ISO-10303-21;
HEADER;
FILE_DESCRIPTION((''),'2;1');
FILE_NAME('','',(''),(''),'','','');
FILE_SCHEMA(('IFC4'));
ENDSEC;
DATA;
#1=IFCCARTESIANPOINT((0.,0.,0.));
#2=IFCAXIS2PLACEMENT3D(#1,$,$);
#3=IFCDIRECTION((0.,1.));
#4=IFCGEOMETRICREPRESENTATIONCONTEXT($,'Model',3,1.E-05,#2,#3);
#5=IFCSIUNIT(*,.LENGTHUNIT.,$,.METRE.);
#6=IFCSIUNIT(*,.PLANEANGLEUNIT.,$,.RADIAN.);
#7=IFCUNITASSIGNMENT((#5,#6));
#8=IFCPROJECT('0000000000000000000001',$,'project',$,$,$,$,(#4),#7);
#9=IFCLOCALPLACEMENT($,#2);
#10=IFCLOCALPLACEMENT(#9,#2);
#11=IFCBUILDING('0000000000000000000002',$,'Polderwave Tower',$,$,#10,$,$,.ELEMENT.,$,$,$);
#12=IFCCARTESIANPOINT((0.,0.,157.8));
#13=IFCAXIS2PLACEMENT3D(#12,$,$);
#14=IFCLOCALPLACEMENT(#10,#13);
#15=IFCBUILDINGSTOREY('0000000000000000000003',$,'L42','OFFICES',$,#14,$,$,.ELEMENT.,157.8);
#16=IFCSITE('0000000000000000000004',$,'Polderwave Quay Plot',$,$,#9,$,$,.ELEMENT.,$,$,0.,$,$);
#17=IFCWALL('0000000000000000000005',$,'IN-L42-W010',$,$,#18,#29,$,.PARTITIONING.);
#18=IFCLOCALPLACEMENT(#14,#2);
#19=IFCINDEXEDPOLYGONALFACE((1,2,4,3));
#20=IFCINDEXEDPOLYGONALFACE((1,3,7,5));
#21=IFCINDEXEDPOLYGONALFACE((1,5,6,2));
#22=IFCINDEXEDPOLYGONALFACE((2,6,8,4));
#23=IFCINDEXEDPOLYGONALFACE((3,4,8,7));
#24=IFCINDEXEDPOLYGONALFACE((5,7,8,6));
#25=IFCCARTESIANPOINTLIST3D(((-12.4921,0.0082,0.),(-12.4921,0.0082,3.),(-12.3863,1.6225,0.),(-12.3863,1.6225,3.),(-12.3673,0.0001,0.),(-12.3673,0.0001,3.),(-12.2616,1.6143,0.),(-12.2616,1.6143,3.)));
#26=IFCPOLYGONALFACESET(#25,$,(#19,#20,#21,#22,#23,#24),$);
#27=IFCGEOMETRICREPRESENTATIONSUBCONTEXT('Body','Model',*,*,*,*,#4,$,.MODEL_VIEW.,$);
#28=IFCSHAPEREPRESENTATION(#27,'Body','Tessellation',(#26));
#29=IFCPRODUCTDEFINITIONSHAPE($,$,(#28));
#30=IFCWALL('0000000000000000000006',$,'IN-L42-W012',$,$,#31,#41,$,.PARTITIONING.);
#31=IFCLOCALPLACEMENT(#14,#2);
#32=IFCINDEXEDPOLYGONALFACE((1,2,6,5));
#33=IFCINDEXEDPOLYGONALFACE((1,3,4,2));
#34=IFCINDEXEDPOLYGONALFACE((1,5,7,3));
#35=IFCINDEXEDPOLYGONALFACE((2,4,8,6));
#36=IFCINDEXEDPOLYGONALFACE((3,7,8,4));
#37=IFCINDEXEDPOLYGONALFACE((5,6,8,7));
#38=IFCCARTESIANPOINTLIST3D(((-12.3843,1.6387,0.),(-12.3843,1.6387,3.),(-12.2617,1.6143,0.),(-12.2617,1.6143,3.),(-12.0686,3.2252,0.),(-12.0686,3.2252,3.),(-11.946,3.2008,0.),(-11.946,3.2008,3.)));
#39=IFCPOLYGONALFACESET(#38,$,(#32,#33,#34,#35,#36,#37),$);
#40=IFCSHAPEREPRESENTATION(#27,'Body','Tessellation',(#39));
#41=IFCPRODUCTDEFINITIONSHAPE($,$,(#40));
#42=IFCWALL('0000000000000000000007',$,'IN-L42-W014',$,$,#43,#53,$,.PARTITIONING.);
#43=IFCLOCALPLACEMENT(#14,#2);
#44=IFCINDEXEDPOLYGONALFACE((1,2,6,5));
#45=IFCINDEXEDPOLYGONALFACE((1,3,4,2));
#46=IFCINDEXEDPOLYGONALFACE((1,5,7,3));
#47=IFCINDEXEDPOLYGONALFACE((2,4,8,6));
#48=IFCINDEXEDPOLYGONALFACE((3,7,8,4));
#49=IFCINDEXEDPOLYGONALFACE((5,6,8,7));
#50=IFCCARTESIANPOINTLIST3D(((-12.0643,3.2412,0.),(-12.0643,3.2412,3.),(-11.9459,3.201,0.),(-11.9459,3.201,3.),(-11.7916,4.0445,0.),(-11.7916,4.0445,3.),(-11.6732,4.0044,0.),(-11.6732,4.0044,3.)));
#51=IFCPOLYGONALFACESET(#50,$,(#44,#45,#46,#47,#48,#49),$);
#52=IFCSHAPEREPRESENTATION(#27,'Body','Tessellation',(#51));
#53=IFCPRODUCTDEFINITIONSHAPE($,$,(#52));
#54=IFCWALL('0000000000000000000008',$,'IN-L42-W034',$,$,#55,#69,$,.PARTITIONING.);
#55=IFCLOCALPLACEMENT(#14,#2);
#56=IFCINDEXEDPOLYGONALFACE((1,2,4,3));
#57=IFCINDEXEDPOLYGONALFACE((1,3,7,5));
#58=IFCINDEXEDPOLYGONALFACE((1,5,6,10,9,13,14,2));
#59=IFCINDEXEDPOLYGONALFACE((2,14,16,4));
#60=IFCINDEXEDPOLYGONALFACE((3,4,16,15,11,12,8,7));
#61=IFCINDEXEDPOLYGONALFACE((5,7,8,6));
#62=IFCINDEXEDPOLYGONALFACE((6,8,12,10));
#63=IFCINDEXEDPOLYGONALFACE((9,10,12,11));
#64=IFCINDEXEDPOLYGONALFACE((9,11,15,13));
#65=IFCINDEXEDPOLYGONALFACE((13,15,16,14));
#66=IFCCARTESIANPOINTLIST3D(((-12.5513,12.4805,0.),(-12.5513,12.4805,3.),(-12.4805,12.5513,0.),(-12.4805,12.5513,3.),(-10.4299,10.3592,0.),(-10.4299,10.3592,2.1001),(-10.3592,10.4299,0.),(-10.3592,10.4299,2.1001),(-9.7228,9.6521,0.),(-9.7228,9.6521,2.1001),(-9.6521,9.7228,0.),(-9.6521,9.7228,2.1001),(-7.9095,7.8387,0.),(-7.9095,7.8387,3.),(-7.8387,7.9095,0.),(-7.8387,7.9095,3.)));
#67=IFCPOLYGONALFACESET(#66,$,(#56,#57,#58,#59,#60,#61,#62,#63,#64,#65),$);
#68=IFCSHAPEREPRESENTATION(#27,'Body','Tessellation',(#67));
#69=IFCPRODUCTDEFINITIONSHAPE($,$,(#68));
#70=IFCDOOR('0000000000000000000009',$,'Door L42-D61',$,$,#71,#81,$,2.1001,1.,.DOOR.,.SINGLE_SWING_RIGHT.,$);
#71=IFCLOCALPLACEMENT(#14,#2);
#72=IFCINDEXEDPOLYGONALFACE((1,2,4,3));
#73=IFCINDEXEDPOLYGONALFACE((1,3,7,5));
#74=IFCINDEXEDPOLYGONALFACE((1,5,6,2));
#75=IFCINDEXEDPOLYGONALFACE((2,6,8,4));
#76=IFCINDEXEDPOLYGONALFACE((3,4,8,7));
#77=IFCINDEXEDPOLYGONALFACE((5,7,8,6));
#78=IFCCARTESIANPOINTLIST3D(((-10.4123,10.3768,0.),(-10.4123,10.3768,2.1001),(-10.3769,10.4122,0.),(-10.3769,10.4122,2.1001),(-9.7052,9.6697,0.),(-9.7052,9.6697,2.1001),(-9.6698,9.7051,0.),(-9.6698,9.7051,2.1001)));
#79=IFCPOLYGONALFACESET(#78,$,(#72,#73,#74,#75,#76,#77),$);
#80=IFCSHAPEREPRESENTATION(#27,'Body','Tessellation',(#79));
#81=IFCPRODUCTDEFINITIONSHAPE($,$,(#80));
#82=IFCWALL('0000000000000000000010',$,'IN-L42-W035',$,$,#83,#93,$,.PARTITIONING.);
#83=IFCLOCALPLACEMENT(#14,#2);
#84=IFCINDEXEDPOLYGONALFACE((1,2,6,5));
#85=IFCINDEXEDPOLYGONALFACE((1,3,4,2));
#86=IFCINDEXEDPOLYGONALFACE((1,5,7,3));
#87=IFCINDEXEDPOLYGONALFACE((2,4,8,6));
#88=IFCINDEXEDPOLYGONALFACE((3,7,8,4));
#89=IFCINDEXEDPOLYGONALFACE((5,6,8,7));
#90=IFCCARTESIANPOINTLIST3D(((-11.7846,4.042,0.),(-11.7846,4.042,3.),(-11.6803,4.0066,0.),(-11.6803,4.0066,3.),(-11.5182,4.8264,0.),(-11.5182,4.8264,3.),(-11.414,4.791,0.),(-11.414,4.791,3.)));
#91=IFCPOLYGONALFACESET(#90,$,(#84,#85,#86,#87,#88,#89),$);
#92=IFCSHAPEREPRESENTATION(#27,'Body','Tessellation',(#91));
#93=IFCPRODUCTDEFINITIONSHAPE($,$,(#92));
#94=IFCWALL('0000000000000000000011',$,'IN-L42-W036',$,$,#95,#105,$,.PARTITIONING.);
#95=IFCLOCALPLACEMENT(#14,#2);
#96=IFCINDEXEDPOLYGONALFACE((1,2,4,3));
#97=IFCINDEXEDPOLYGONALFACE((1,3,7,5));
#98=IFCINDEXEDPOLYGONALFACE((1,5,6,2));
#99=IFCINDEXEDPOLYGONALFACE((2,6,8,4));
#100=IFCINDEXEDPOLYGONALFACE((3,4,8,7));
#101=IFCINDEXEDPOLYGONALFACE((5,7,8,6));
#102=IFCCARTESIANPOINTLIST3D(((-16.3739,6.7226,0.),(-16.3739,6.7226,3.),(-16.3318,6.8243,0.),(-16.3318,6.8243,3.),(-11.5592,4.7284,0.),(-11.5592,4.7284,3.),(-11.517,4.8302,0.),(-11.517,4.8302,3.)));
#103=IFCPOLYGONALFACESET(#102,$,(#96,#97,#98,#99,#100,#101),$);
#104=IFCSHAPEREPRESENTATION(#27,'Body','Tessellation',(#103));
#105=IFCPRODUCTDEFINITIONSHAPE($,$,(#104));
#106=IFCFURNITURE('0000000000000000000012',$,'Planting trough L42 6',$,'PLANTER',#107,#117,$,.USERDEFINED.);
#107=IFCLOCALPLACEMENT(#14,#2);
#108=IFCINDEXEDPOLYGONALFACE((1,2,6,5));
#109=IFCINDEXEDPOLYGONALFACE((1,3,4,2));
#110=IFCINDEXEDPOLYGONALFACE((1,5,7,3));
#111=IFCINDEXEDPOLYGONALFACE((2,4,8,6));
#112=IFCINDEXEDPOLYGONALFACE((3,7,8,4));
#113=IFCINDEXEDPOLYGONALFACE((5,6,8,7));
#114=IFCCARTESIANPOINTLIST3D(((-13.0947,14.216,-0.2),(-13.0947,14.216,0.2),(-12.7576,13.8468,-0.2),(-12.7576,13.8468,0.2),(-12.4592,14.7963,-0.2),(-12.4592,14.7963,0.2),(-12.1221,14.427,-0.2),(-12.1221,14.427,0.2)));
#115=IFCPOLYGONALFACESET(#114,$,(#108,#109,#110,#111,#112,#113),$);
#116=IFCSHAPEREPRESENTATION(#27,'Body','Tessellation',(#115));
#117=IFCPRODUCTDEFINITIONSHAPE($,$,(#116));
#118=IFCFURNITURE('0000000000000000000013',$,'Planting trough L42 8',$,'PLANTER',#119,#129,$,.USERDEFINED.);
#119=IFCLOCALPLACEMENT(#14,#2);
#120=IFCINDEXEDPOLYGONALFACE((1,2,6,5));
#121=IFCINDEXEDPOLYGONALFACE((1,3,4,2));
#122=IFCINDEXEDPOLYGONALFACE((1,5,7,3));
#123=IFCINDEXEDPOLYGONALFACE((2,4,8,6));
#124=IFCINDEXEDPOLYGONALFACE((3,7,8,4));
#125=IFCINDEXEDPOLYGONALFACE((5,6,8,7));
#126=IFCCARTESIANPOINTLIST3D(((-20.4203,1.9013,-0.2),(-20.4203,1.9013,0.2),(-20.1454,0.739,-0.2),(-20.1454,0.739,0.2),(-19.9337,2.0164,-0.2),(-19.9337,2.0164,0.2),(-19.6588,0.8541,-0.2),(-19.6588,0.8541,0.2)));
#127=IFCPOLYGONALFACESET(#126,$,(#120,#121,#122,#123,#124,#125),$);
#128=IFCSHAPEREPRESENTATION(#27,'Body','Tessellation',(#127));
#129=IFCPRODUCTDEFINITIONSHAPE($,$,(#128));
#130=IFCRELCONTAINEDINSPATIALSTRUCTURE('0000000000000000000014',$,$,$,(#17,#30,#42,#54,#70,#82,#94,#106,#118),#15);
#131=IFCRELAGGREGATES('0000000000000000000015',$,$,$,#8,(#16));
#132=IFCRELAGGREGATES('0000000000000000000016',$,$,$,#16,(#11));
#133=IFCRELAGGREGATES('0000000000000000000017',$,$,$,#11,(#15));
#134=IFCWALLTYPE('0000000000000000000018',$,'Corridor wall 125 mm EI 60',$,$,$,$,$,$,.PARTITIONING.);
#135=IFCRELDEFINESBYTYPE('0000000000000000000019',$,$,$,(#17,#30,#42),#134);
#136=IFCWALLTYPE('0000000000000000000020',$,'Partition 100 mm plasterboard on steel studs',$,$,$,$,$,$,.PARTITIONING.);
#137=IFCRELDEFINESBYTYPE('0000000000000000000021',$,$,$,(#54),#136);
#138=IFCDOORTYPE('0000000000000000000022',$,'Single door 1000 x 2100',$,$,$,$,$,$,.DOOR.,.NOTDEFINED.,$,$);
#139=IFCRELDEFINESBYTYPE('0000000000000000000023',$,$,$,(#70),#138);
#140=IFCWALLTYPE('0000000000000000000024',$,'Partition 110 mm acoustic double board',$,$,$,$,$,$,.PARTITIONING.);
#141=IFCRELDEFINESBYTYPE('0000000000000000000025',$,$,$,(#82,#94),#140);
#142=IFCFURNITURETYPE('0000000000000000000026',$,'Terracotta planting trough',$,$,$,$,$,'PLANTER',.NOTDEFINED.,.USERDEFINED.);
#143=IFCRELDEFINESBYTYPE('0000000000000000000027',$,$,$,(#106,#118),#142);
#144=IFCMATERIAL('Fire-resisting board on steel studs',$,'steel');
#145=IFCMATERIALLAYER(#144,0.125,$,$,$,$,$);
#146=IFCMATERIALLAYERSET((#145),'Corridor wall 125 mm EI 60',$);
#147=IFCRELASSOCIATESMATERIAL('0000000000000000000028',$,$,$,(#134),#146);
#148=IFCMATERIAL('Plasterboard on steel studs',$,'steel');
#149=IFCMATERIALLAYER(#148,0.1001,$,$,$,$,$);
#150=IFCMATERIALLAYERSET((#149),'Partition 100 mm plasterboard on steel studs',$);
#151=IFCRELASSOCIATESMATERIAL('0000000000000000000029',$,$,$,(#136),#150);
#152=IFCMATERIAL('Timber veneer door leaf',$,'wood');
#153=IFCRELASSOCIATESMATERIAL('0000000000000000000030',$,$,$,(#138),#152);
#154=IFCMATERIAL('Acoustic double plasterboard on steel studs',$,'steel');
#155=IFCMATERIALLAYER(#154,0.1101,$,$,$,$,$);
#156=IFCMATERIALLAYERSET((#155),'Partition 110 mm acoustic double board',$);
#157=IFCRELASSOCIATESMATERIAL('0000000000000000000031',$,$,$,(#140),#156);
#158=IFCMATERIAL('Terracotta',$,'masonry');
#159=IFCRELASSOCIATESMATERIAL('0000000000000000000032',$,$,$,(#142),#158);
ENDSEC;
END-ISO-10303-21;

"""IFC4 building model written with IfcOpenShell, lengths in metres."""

from ifc_helpers import new_model, si_unit, direction, frame, frame_2d, origin, origin_2d, place, context, subcontext, project, spatial, rectangle, extrude, material, layer, layer_set, type_object, element, fill, save


model = new_model("IFC4")

# Units and contexts
model_context = context("Model", 3, precision=1e-05, world=origin(), true_north=direction((0.0, 1.0)))
body_context = subcontext(model_context, "Body", "Model", "MODEL_VIEW")
ifc_project = project(units=[si_unit("LENGTHUNIT", "METRE"), si_unit("PLANEANGLEUNIT", "RADIAN")], contexts=[model_context])

# Site, building, storey
site_placement = place(None, origin())
site = spatial("IfcSite", under=ifc_project, at=site_placement, Name="Polderwave Quay Plot", CompositionType="ELEMENT", RefElevation=0.0)
building_placement = place(site_placement, origin())
building = spatial("IfcBuilding", under=site, at=building_placement, Name="Polderwave Tower", CompositionType="ELEMENT")
storey_placement = place(building_placement, frame((0.0, 0.0, 157.8)))
storey = spatial("IfcBuildingStorey", under=building, at=storey_placement, Name="L42", Description="OFFICES", CompositionType="ELEMENT", Elevation=157.8)

# Shared definitions
ifc_material_1 = material(Name="Fire-resisting board on steel studs", Category="steel")
ifc_layer_1 = layer(ifc_material_1, 0.125)
ifc_layer_set_1 = layer_set([ifc_layer_1], Name="Corridor wall 125 mm EI 60")
wall_type_1 = type_object("IfcWallType", Name="Corridor wall 125 mm EI 60", PredefinedType="PARTITIONING", material=ifc_layer_set_1)

# Walls
for number, where, z_axis, x_axis, name in (
    (1, (-12.4297, 0.0042, 0.0), (0.0, 0.0, 1.0), (0.065347, 0.997863, 0.0), "IN-L42-W010"),
    (2, (-12.323, 1.6265, 0.0), (0.0, 0.0, 1.0), (0.195129, 0.980778, 0.0), "IN-L42-W012"),
):
    element("IfcWall", number, at=place(storey_placement, frame(where, z_axis=z_axis, x_axis=x_axis)), inside=storey, type_object=wall_type_1, Name=name, PredefinedType="PARTITIONING", context=body_context, shape_type="SweptSolid", body=[
        extrude(rectangle(XDim=1.6177, YDim=0.125, at=frame_2d((0.8088, 0.0))), origin(), (0.0, 0.0, 1.0), 3.0),
    ])
wall_1_placement = place(storey_placement, frame((-12.0051, 3.2209, 0.0), z_axis=(0.0, 0.0, 1.0), x_axis=(0.321402, 0.946943, 0.0)))
element("IfcWall", 3, at=wall_1_placement, inside=storey, type_object=wall_type_1, Name="IN-L42-W014", PredefinedType="PARTITIONING", context=body_context, shape_type="SweptSolid", body=[
    extrude(rectangle(XDim=0.8484, YDim=0.125, at=frame_2d((0.4243, 0.0))), origin(), (0.0, 0.0, 1.0), 3.0),
])

# Wall, opening, door
ifc_material_2 = material(Name="Plasterboard on steel studs", Category="steel")
ifc_layer_2 = layer(ifc_material_2, 0.1001)
ifc_layer_set_2 = layer_set([ifc_layer_2], Name="Partition 100 mm plasterboard on steel studs")
wall_type_2 = type_object("IfcWallType", Name="Partition 100 mm plasterboard on steel studs", PredefinedType="PARTITIONING", material=ifc_layer_set_2)
wall_2_placement = place(storey_placement, frame((-12.5159, 12.5159, 0.0), z_axis=(0.0, 0.0, 1.0), x_axis=(0.707107, -0.707107, 0.0)))
wall_2 = element("IfcWall", 4, at=wall_2_placement, inside=storey, type_object=wall_type_2, Name="IN-L42-W034", PredefinedType="PARTITIONING", context=body_context, shape_type="SweptSolid", body=[
    extrude(rectangle(XDim=6.5645, YDim=0.1001, at=frame_2d((3.2822, 0.0))), origin(), (0.0, 0.0, 1.0), 3.0),
])
opening_1_placement = place(wall_2_placement, frame((3.0, 0.0, 0.0)))
opening_1 = element("IfcOpeningElement", 5, at=opening_1_placement, cuts=wall_2, PredefinedType="OPENING", context=body_context, shape_type="SweptSolid", body=[
    extrude(rectangle(XDim=1.0, YDim=2.1001, at=frame_2d((0.5, 1.05))), frame((0.0, 0.0601, 0.0), z_axis=(0.0, -1.0, 0.0), x_axis=(1.0, 0.0, 0.0)), (0.0, 0.0, 1.0), 0.1201),
])
ifc_material_3 = material(Name="Timber veneer door leaf", Category="wood")
door_type_1 = type_object("IfcDoorType", Name="Single door 1000 x 2100", OperationType="NOTDEFINED", PredefinedType="DOOR", material=ifc_material_3)
door_1_placement = place(opening_1_placement, origin())
door_1 = element("IfcDoor", 6, at=door_1_placement, inside=storey, type_object=door_type_1, Name="Door L42-D61", OperationType="SINGLE_SWING_RIGHT", OverallHeight=2.1001, OverallWidth=1.0, PredefinedType="DOOR", context=body_context, shape_type="SweptSolid", body=[
    extrude(rectangle(XDim=1.0, YDim=2.1001, at=frame_2d((0.5, 1.05))), frame((0.0, 0.0249, 0.0), z_axis=(0.0, -1.0, 0.0), x_axis=(1.0, 0.0, 0.0)), (0.0, 0.0, 1.0), 0.05),
])
fill(opening_1, door_1)

# Walls
ifc_material_4 = material(Name="Acoustic double plasterboard on steel studs", Category="steel")
ifc_layer_3 = layer(ifc_material_4, 0.1101)
ifc_layer_set_3 = layer_set([ifc_layer_3], Name="Partition 110 mm acoustic double board")
wall_type_3 = type_object("IfcWallType", Name="Partition 110 mm acoustic double board", PredefinedType="PARTITIONING", material=ifc_layer_set_3)
wall_3_placement = place(storey_placement, frame((-11.7324, 4.0244, 0.0), z_axis=(0.0, 0.0, 1.0), x_axis=(0.321528, 0.9469, 0.0)))
element("IfcWall", 7, at=wall_3_placement, inside=storey, type_object=wall_type_3, Name="IN-L42-W035", PredefinedType="PARTITIONING", context=body_context, shape_type="SweptSolid", body=[
    extrude(rectangle(XDim=0.8284, YDim=0.1101, at=frame_2d((0.4141, 0.0))), origin(), (0.0, 0.0, 1.0), 3.0),
])
wall_4_placement = place(storey_placement, frame((-11.5381, 4.7793, 0.0), z_axis=(0.0, 0.0, 1.0), x_axis=(-0.923891, 0.382655, 0.0)))
element("IfcWall", 8, at=wall_4_placement, inside=storey, type_object=wall_type_3, Name="IN-L42-W036", PredefinedType="PARTITIONING", context=body_context, shape_type="SweptSolid", body=[
    extrude(rectangle(XDim=5.2114, YDim=0.1101, at=frame_2d((2.6057, 0.0))), origin(), (0.0, 0.0, 1.0), 3.0),
])

# Furniture
ifc_material_5 = material(Name="Terracotta", Category="masonry")
furniture_type = type_object("IfcFurnitureType", Name="Terracotta planting trough", ElementType="PLANTER", AssemblyPlace="NOTDEFINED", PredefinedType="USERDEFINED", material=ifc_material_5)
furniture_1_placement = place(storey_placement, frame((-12.6084, 14.3215, -0.2), z_axis=(0.0, 0.0, 1.0), x_axis=(-0.738499, -0.674255, 0.0)))
element("IfcFurniture", 9, at=furniture_1_placement, inside=storey, type_object=furniture_type, Name="Planting trough L42 6", ObjectType="PLANTER", PredefinedType="USERDEFINED", context=body_context, shape_type="SweptSolid", body=[
    extrude(rectangle(XDim=0.8606, YDim=0.5, at=origin_2d()), origin(), (0.0, 0.0, 1.0), 0.3999),
])
furniture_2_placement = place(storey_placement, frame((-20.0396, 1.3777, -0.2), z_axis=(0.0, 0.0, 1.0), x_axis=(0.230148, -0.973156, 0.0)))
element("IfcFurniture", 10, at=furniture_2_placement, inside=storey, type_object=furniture_type, Name="Planting trough L42 8", ObjectType="PLANTER", PredefinedType="USERDEFINED", context=body_context, shape_type="SweptSolid", body=[
    extrude(rectangle(XDim=1.1943, YDim=0.5, at=origin_2d()), origin(), (0.0, 0.0, 1.0), 0.3999),
])

save(model, "model.ifc")
